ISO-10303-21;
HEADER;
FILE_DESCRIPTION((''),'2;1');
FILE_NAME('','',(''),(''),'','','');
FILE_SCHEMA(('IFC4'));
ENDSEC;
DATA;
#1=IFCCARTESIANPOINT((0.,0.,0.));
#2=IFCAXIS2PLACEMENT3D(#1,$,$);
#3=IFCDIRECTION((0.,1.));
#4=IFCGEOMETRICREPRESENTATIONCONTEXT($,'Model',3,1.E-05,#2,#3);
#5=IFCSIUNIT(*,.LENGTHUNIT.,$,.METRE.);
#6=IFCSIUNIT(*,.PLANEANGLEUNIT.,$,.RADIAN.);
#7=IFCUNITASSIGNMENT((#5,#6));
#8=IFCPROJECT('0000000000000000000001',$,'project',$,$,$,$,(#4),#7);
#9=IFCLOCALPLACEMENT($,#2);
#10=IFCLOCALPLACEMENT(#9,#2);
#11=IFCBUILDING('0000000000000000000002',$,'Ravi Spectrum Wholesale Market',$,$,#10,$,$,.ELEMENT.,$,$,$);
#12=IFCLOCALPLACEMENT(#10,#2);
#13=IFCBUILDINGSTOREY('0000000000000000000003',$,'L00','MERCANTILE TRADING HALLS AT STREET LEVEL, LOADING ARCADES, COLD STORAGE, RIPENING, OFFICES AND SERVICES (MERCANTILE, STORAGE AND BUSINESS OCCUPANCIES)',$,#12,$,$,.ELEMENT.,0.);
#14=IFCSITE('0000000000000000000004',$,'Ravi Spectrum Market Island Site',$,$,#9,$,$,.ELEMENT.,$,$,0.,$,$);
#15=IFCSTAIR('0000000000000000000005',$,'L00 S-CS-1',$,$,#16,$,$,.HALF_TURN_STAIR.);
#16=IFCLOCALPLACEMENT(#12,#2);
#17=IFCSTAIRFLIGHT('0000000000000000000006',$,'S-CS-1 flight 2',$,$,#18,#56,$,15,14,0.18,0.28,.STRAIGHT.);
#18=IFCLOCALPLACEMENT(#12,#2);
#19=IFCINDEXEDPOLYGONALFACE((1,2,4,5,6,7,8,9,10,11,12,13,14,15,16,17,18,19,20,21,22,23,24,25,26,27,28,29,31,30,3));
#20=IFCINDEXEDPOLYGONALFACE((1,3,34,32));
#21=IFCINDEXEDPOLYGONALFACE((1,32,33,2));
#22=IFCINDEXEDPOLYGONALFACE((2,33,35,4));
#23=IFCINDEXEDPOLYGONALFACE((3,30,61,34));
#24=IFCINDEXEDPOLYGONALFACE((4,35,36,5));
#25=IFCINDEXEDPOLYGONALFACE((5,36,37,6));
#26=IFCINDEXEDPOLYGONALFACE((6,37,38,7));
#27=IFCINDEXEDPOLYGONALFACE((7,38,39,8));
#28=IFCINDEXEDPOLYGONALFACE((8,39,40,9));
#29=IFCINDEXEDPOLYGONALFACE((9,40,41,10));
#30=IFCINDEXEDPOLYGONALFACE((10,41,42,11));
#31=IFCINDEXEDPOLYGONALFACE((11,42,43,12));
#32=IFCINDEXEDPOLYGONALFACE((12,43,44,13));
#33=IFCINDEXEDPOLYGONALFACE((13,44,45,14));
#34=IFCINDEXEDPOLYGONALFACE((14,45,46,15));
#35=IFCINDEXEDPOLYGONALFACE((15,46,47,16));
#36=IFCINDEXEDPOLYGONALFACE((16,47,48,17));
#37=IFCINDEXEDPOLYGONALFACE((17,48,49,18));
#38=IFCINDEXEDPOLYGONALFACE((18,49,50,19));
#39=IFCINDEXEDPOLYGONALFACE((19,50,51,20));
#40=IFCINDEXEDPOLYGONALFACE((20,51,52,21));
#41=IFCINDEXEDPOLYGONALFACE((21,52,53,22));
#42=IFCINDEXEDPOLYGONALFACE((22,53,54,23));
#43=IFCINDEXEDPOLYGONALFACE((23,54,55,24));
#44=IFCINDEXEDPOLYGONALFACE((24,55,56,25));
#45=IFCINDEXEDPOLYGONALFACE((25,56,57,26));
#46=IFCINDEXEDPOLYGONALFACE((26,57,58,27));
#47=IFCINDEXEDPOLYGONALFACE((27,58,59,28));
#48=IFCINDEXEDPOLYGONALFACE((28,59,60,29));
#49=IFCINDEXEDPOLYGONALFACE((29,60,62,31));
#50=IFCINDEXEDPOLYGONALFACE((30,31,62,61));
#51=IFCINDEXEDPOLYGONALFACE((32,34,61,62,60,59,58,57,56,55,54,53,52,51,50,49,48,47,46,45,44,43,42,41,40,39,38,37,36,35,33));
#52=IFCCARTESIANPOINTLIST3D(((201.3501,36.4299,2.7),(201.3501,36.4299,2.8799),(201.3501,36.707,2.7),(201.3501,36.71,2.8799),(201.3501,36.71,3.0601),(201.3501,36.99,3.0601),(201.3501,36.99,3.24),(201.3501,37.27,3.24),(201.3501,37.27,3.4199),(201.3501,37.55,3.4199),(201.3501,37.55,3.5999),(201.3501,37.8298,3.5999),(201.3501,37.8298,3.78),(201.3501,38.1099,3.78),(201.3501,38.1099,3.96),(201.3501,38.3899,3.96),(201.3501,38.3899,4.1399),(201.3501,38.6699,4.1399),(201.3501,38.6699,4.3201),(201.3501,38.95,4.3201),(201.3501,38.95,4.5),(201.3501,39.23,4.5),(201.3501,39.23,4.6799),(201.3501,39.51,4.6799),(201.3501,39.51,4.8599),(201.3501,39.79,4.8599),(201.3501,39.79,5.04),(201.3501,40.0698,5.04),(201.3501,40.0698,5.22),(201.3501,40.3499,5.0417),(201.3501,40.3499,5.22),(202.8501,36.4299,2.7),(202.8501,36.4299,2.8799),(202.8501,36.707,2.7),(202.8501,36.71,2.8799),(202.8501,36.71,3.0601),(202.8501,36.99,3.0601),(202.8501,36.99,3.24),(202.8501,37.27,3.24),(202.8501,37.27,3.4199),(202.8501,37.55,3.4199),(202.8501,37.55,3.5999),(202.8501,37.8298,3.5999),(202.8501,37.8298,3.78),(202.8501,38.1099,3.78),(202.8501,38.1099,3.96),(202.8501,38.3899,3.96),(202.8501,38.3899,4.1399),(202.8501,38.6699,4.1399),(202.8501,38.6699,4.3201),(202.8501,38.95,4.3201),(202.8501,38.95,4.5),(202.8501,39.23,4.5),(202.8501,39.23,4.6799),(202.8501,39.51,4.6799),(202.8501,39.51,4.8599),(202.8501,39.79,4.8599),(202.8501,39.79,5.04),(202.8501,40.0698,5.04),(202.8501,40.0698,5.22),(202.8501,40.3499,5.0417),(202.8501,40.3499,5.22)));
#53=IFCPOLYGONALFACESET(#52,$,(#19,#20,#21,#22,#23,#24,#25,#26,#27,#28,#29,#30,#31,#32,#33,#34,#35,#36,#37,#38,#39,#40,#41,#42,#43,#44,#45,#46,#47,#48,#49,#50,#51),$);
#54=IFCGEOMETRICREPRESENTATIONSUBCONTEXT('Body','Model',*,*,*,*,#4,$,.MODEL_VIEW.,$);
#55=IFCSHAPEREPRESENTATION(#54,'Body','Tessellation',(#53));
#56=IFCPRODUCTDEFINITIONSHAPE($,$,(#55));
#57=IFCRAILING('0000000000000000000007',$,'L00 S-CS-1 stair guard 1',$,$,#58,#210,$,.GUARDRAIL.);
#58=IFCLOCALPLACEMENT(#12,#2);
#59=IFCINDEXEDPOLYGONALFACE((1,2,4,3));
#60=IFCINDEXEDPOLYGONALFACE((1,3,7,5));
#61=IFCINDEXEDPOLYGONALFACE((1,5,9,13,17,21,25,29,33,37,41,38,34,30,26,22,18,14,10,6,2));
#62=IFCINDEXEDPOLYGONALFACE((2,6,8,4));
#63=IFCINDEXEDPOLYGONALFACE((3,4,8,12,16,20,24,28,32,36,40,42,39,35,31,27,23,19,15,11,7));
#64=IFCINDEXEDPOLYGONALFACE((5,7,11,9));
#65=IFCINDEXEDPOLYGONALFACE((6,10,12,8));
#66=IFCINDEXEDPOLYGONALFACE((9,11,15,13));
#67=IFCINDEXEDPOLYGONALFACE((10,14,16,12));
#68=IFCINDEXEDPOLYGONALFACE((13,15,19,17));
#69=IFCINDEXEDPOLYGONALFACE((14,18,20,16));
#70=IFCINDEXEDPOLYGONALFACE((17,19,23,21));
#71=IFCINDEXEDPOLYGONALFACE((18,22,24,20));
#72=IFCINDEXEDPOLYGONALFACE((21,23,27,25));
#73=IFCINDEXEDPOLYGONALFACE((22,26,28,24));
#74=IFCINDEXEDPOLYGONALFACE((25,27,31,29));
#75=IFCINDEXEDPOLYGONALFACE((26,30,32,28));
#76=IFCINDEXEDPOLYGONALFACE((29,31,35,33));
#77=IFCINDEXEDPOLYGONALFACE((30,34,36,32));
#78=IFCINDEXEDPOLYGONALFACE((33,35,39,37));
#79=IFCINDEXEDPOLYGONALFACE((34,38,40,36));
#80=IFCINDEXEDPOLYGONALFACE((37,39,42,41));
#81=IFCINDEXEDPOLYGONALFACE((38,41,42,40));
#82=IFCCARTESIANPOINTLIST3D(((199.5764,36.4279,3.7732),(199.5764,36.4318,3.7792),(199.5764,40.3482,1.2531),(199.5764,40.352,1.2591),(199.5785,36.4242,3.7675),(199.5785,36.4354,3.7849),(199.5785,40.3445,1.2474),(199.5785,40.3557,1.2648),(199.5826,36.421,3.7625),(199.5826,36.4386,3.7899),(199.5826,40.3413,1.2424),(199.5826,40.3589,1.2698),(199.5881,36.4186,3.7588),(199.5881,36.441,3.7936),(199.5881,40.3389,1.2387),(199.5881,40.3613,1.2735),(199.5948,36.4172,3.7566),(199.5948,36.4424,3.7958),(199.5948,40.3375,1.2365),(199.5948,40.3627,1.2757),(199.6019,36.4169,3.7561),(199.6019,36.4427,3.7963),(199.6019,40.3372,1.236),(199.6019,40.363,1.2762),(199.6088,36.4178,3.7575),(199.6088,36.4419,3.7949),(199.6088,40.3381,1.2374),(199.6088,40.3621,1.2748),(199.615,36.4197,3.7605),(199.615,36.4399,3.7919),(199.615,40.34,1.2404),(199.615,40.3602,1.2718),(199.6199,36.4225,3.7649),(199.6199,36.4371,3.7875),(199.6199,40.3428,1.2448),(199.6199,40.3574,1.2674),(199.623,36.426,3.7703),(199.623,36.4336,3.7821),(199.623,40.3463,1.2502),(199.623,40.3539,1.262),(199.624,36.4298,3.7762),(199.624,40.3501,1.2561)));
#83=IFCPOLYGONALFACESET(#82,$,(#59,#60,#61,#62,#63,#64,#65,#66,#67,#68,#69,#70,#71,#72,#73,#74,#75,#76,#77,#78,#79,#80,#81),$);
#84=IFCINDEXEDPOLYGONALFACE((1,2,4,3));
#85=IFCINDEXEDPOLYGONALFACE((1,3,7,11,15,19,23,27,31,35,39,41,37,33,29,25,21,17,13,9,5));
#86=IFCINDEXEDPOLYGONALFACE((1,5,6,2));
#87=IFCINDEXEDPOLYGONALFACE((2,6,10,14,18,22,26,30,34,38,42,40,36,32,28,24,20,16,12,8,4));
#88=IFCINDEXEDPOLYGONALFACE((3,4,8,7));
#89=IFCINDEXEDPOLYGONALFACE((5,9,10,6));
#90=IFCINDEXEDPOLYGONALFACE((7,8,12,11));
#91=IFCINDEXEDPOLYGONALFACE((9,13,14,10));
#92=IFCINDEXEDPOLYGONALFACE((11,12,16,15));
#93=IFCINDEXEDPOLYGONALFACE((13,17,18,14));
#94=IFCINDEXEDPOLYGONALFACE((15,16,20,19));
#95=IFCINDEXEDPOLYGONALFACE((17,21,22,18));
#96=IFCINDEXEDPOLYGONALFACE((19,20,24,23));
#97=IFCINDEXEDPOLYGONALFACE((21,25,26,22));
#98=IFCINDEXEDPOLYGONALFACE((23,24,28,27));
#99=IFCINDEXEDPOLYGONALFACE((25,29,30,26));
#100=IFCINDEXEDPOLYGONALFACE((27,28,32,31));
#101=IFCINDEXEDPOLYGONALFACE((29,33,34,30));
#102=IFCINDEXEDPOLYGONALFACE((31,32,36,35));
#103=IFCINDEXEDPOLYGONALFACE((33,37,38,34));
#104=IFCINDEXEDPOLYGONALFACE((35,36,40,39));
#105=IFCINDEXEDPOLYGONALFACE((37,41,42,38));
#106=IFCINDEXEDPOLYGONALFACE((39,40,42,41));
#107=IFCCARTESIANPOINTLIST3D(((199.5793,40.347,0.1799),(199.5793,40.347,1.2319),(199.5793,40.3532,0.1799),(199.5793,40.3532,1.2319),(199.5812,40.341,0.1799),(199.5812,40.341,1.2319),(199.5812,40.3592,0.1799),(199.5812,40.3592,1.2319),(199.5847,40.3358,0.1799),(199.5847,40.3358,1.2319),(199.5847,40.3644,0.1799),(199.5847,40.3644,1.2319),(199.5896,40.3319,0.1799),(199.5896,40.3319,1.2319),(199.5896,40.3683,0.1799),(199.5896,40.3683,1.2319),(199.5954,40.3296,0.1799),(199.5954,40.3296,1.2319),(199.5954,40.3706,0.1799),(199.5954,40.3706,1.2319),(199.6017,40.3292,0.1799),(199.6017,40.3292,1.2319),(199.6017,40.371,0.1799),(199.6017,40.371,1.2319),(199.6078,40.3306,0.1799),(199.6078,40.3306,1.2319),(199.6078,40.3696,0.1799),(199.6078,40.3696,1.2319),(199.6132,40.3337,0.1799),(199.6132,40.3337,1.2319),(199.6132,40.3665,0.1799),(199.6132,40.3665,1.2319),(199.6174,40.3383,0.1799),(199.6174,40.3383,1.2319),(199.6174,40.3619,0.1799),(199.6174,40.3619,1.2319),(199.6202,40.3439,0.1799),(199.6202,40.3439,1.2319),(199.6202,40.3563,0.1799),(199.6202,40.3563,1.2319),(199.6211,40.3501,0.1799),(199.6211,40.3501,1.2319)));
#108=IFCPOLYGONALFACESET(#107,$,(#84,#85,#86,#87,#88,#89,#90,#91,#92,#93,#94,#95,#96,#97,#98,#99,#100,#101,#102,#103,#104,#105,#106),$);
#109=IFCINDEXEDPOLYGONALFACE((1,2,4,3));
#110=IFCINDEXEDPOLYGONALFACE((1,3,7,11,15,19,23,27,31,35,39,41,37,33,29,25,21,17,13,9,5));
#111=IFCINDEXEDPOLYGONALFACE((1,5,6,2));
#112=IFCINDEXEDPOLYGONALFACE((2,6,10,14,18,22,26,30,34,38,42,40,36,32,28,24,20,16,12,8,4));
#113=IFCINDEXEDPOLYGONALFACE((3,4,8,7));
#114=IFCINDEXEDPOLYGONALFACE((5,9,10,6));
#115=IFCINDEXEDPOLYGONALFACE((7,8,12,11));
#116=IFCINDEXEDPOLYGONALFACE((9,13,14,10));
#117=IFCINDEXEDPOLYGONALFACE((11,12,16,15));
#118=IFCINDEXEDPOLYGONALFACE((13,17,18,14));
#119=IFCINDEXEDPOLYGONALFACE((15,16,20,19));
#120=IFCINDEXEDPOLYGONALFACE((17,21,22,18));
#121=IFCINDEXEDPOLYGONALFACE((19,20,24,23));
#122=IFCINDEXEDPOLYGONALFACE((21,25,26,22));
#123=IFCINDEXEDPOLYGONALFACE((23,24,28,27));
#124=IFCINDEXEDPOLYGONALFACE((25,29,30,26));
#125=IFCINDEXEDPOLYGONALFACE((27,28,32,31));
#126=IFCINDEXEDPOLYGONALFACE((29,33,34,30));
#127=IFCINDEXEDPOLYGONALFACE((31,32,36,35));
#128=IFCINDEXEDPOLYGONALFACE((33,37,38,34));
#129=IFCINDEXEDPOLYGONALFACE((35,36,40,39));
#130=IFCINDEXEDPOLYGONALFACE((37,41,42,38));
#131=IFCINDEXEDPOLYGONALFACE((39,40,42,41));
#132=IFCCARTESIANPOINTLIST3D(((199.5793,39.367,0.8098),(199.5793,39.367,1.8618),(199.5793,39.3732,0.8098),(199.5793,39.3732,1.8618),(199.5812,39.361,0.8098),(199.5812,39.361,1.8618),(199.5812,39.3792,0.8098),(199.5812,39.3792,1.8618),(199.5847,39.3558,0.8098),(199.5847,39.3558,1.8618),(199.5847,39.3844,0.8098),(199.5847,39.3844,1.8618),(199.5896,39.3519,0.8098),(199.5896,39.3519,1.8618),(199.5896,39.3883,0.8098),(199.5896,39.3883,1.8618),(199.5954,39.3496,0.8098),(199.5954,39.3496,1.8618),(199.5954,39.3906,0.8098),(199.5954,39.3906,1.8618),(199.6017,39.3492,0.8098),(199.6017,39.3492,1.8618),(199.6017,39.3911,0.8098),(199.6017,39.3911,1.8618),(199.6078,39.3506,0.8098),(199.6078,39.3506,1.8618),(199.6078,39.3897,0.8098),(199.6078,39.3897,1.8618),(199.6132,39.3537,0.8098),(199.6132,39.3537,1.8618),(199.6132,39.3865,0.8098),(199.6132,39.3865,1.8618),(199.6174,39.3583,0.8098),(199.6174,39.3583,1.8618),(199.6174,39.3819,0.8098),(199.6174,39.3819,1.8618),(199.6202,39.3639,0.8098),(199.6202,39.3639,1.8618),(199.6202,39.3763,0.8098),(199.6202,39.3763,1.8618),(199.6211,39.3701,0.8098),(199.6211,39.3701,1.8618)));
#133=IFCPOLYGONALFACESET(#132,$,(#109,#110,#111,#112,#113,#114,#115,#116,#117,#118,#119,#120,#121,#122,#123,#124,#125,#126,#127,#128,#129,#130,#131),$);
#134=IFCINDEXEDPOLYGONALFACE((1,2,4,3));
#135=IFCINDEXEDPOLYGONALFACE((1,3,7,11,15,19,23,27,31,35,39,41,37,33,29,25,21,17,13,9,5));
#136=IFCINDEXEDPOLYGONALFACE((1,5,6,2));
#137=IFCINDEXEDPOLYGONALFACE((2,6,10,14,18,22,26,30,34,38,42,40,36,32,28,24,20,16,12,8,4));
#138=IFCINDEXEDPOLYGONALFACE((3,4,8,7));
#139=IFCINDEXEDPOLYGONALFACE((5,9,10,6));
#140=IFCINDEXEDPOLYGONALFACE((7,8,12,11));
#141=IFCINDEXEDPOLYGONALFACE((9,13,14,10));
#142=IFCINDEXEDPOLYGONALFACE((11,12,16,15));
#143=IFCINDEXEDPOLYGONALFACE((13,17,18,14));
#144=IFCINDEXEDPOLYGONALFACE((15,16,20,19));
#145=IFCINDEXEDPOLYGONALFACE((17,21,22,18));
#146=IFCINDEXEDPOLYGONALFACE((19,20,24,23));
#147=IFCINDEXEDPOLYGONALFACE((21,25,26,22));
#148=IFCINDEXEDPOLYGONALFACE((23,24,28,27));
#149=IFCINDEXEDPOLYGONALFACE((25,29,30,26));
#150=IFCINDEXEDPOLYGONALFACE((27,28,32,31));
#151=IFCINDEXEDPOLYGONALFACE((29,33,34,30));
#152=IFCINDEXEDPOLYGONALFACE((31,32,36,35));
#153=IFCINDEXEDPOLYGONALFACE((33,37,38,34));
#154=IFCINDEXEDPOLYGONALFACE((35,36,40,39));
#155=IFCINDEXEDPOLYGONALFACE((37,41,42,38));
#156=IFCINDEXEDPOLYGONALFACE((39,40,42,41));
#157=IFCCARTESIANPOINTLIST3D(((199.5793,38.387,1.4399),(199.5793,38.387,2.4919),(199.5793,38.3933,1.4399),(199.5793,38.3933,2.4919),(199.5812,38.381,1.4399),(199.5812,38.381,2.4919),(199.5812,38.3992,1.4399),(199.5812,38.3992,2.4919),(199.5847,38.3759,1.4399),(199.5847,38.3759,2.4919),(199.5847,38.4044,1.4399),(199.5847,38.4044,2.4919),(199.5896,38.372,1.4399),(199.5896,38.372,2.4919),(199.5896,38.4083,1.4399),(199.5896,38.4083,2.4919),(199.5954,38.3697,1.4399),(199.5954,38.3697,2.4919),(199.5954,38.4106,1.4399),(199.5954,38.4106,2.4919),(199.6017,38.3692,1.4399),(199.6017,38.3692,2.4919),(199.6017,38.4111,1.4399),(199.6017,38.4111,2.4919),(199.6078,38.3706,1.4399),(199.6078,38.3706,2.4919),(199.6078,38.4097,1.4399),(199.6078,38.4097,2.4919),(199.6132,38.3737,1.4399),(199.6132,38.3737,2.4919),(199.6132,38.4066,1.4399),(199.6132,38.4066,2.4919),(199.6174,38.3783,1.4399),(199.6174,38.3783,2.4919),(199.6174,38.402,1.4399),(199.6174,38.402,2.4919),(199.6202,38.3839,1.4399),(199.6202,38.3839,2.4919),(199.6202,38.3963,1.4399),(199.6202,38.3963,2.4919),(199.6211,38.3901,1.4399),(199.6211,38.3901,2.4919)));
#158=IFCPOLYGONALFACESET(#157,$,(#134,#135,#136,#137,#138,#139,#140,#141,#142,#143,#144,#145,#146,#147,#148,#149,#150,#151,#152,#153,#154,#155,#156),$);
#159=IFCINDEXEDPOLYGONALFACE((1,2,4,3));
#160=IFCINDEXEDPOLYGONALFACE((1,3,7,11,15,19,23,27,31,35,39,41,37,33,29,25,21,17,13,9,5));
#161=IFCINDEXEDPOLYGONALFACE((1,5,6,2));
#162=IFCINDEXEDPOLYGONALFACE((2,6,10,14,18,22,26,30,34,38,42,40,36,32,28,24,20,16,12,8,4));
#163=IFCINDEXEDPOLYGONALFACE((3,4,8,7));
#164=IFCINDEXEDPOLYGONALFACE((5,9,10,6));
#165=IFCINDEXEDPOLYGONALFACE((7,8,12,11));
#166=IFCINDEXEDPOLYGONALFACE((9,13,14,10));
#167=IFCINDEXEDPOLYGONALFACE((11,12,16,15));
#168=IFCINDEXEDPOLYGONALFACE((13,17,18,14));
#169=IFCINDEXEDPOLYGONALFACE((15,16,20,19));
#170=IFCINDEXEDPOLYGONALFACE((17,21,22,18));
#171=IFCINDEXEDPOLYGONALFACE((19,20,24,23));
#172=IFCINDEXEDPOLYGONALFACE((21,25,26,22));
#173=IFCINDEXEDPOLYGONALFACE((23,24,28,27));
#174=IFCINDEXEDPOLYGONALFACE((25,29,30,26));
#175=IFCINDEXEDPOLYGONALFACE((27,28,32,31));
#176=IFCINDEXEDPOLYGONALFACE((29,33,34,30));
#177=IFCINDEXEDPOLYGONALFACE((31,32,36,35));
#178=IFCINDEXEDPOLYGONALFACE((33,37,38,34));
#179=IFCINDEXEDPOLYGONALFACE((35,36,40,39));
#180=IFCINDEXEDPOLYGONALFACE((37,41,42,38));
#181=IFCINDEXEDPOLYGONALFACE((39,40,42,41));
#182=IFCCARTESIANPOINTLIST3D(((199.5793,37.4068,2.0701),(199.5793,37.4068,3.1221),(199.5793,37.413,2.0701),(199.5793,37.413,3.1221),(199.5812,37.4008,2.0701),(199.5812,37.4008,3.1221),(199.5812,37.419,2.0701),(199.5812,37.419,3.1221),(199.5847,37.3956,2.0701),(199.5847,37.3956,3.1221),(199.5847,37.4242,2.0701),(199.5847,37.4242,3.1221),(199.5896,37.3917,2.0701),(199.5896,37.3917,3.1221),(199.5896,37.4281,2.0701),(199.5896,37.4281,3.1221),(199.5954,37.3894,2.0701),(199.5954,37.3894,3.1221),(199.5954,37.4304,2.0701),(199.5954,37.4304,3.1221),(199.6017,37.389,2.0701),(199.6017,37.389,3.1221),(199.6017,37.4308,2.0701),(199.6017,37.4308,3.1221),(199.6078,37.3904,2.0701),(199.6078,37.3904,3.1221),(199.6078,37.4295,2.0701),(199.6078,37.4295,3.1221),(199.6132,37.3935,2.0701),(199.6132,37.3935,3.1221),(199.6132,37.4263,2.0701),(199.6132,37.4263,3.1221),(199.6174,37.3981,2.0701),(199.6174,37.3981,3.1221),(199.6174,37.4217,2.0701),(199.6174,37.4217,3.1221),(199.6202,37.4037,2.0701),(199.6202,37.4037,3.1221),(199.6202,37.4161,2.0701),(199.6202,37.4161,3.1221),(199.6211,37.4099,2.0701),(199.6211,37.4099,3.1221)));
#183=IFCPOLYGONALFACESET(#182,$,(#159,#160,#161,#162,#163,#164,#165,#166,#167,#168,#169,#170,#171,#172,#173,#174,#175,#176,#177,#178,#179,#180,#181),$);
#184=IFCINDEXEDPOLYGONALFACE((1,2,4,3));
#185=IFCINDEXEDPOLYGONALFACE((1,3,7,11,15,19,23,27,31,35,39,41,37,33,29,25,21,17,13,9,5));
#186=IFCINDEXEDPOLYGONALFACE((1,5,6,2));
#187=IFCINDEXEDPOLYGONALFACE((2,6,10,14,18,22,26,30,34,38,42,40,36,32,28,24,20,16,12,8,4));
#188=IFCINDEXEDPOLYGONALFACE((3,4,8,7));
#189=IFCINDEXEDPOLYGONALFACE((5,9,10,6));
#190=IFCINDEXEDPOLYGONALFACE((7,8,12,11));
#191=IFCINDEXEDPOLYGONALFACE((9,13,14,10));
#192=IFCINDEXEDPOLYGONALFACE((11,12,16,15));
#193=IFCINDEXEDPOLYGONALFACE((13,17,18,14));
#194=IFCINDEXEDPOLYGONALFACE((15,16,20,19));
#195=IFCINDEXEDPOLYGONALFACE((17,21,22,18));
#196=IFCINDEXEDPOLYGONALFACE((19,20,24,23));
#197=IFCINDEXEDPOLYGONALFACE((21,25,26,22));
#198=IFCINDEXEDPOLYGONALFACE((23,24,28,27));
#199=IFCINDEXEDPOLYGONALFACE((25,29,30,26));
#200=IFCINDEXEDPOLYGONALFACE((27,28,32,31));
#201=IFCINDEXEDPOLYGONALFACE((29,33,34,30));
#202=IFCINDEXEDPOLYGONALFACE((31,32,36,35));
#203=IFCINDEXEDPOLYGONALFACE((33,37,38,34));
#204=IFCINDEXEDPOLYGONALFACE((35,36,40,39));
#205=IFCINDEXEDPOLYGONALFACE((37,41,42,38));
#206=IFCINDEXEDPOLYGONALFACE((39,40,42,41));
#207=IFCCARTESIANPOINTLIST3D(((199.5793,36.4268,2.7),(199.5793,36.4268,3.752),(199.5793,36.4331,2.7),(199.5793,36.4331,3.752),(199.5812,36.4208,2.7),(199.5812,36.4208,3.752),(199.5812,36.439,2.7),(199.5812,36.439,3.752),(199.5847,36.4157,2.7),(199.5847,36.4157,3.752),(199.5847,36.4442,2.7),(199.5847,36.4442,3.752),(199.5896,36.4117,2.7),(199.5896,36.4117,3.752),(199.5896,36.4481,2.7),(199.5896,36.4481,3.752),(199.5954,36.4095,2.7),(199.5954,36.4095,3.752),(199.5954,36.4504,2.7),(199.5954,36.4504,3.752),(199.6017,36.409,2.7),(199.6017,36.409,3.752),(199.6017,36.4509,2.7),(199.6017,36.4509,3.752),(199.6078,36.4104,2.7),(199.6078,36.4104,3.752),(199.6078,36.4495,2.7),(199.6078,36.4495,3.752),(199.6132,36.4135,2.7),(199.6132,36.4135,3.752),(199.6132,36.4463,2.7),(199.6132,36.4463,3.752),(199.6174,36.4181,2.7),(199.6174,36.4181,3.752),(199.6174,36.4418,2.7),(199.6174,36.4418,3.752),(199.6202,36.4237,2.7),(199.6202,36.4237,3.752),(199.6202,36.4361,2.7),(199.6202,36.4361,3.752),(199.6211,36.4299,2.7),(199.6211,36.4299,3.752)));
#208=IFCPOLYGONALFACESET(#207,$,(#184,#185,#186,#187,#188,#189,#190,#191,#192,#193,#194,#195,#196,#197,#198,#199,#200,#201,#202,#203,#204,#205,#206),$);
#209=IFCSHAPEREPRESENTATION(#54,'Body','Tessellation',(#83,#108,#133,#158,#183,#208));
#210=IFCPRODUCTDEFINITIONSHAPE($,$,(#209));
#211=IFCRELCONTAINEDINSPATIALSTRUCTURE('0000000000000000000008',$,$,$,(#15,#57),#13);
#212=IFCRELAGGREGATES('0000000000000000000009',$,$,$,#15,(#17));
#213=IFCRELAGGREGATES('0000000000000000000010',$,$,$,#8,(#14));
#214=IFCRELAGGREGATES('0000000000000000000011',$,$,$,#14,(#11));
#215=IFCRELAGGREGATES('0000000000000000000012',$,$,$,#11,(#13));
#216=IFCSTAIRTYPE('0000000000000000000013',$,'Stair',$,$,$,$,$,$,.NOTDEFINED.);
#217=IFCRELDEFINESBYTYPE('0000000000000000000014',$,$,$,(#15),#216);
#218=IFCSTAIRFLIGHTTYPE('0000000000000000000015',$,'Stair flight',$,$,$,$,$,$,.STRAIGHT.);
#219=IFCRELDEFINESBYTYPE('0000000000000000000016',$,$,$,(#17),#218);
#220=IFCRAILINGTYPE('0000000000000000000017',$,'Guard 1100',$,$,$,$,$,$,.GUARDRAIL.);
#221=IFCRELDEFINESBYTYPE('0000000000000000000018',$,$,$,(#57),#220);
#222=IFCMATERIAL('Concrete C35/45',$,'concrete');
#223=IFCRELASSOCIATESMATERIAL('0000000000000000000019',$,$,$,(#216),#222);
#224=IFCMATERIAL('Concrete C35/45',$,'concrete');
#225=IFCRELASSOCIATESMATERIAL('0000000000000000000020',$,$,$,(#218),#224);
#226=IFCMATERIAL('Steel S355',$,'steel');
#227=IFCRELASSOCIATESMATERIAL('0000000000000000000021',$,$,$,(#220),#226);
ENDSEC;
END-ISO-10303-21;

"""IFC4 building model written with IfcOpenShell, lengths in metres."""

from ifc_helpers import new_model, si_unit, direction, frame, origin, origin_2d, place, context, subcontext, project, spatial, polyline, circle, outline, extrude, material, type_object, element, aggregate, save


model = new_model("IFC4")

# Units and contexts
model_context = context("Model", 3, precision=1e-05, world=origin(), true_north=direction((0.0, 1.0)))
body_context = subcontext(model_context, "Body", "Model", "MODEL_VIEW")
ifc_project = project(units=[si_unit("LENGTHUNIT", "METRE"), si_unit("PLANEANGLEUNIT", "RADIAN")], contexts=[model_context])

# Site, building, storey
site_placement = place(None, origin())
site = spatial("IfcSite", under=ifc_project, at=site_placement, Name="Ravi Spectrum Market Island Site", CompositionType="ELEMENT", RefElevation=0.0)
building_placement = place(site_placement, origin())
building = spatial("IfcBuilding", under=site, at=building_placement, Name="Ravi Spectrum Wholesale Market", CompositionType="ELEMENT")
storey_placement = place(building_placement, origin())
storey = spatial("IfcBuildingStorey", under=building, at=storey_placement, Name="L00", Description="MERCANTILE TRADING HALLS AT STREET LEVEL, LOADING ARCADES, COLD STORAGE, RIPENING, OFFICES AND SERVICES (MERCANTILE, STORAGE AND BUSINESS OCCUPANCIES)", CompositionType="ELEMENT", Elevation=0.0)

# Stair, stair flight
ifc_material_1 = material(Name="Concrete C35/45", Category="concrete")
stair_type = type_object("IfcStairType", Name="Stair", PredefinedType="NOTDEFINED", material=ifc_material_1)
stair_placement = place(storey_placement, origin())
stair = element("IfcStair", 1, at=stair_placement, inside=storey, type_object=stair_type, Name="L00 S-CS-1", PredefinedType="HALF_TURN_STAIR")
ifc_material_2 = material(Name="Concrete C35/45", Category="concrete")
stair_flight_type = type_object("IfcStairFlightType", Name="Stair flight", PredefinedType="STRAIGHT", material=ifc_material_2)
stair_flight_1_placement = place(storey_placement, frame((202.1001, 36.4299, 2.7), z_axis=(0.0, 0.0, 1.0), x_axis=(0.0, 1.0, 0.0)))
stair_flight_1 = element("IfcStairFlight", 2, at=stair_flight_1_placement, type_object=stair_flight_type, Name="S-CS-1 flight 2", NumberOfRisers=15, NumberOfTreads=14, PredefinedType="STRAIGHT", RiserHeight=0.18, TreadLength=0.28, context=body_context, shape_type="SweptSolid", body=[
    extrude(outline(polyline([(0.0, 0.0), (0.0, 0.1799), (0.28, 0.1799), (0.28, 0.3601), (0.5601, 0.3601), (0.5601, 0.54), (0.8401, 0.54), (0.8401, 0.72), (1.1201, 0.72), (1.1201, 0.8999), (1.3999, 0.8999), (1.3999, 1.0801), (1.6799, 1.0801), (1.6799, 1.26), (1.96, 1.26), (1.96, 1.4399), (2.24, 1.4399), (2.24, 1.6201), (2.52, 1.6201), (2.52, 1.8), (2.8, 1.8), (2.8, 1.98), (3.0801, 1.98), (3.0801, 2.1599), (3.3601, 2.1599), (3.3601, 2.3401), (3.6399, 2.3401), (3.6399, 2.52), (3.9199, 2.52), (3.9199, 2.7), (3.9199, 2.3418), (0.2771, 0.0), (0.0, 0.0)])), frame((0.0, 0.75, 0.0), z_axis=(0.0, -1.0, 0.0), x_axis=(1.0, 0.0, 0.0)), (0.0, 0.0, 1.0), 1.5),
])
aggregate(stair, [stair_flight_1])

# Railing
ifc_material_3 = material(Name="Steel S355", Category="steel")
railing_type_1 = type_object("IfcRailingType", Name="Guard 1100", PredefinedType="GUARDRAIL", material=ifc_material_3)
railing_1_placement = place(storey_placement, frame((199.6001, 40.3501, 0.1799)))
element("IfcRailing", 3, at=railing_1_placement, inside=storey, type_object=railing_type_1, Name="L00 S-CS-1 stair guard 1", PredefinedType="GUARDRAIL", context=body_context, shape_type="SweptSolid", body=[
    extrude(circle(Radius=0.0239, at=origin_2d()), frame((0.0, 0.0, 1.0762), z_axis=(0.0, -0.841187, 0.540744), x_axis=(1.0, 0.0, 0.0)), (0.0, 0.0, 1.0), 4.6604),
    extrude(circle(Radius=0.021, at=origin_2d()), origin(), (0.0, 0.0, 1.0), 1.052),
    extrude(circle(Radius=0.021, at=origin_2d()), frame((0.0, -0.98, 0.6299)), (0.0, 0.0, 1.0), 1.052),
    extrude(circle(Radius=0.021, at=origin_2d()), frame((0.0, -1.96, 1.26)), (0.0, 0.0, 1.0), 1.052),
    extrude(circle(Radius=0.021, at=origin_2d()), frame((0.0, -2.9402, 1.8901)), (0.0, 0.0, 1.0), 1.052),
    extrude(circle(Radius=0.021, at=origin_2d()), frame((0.0, -3.9202, 2.52)), (0.0, 0.0, 1.0), 1.052),
])

save(model, "model.ifc")
